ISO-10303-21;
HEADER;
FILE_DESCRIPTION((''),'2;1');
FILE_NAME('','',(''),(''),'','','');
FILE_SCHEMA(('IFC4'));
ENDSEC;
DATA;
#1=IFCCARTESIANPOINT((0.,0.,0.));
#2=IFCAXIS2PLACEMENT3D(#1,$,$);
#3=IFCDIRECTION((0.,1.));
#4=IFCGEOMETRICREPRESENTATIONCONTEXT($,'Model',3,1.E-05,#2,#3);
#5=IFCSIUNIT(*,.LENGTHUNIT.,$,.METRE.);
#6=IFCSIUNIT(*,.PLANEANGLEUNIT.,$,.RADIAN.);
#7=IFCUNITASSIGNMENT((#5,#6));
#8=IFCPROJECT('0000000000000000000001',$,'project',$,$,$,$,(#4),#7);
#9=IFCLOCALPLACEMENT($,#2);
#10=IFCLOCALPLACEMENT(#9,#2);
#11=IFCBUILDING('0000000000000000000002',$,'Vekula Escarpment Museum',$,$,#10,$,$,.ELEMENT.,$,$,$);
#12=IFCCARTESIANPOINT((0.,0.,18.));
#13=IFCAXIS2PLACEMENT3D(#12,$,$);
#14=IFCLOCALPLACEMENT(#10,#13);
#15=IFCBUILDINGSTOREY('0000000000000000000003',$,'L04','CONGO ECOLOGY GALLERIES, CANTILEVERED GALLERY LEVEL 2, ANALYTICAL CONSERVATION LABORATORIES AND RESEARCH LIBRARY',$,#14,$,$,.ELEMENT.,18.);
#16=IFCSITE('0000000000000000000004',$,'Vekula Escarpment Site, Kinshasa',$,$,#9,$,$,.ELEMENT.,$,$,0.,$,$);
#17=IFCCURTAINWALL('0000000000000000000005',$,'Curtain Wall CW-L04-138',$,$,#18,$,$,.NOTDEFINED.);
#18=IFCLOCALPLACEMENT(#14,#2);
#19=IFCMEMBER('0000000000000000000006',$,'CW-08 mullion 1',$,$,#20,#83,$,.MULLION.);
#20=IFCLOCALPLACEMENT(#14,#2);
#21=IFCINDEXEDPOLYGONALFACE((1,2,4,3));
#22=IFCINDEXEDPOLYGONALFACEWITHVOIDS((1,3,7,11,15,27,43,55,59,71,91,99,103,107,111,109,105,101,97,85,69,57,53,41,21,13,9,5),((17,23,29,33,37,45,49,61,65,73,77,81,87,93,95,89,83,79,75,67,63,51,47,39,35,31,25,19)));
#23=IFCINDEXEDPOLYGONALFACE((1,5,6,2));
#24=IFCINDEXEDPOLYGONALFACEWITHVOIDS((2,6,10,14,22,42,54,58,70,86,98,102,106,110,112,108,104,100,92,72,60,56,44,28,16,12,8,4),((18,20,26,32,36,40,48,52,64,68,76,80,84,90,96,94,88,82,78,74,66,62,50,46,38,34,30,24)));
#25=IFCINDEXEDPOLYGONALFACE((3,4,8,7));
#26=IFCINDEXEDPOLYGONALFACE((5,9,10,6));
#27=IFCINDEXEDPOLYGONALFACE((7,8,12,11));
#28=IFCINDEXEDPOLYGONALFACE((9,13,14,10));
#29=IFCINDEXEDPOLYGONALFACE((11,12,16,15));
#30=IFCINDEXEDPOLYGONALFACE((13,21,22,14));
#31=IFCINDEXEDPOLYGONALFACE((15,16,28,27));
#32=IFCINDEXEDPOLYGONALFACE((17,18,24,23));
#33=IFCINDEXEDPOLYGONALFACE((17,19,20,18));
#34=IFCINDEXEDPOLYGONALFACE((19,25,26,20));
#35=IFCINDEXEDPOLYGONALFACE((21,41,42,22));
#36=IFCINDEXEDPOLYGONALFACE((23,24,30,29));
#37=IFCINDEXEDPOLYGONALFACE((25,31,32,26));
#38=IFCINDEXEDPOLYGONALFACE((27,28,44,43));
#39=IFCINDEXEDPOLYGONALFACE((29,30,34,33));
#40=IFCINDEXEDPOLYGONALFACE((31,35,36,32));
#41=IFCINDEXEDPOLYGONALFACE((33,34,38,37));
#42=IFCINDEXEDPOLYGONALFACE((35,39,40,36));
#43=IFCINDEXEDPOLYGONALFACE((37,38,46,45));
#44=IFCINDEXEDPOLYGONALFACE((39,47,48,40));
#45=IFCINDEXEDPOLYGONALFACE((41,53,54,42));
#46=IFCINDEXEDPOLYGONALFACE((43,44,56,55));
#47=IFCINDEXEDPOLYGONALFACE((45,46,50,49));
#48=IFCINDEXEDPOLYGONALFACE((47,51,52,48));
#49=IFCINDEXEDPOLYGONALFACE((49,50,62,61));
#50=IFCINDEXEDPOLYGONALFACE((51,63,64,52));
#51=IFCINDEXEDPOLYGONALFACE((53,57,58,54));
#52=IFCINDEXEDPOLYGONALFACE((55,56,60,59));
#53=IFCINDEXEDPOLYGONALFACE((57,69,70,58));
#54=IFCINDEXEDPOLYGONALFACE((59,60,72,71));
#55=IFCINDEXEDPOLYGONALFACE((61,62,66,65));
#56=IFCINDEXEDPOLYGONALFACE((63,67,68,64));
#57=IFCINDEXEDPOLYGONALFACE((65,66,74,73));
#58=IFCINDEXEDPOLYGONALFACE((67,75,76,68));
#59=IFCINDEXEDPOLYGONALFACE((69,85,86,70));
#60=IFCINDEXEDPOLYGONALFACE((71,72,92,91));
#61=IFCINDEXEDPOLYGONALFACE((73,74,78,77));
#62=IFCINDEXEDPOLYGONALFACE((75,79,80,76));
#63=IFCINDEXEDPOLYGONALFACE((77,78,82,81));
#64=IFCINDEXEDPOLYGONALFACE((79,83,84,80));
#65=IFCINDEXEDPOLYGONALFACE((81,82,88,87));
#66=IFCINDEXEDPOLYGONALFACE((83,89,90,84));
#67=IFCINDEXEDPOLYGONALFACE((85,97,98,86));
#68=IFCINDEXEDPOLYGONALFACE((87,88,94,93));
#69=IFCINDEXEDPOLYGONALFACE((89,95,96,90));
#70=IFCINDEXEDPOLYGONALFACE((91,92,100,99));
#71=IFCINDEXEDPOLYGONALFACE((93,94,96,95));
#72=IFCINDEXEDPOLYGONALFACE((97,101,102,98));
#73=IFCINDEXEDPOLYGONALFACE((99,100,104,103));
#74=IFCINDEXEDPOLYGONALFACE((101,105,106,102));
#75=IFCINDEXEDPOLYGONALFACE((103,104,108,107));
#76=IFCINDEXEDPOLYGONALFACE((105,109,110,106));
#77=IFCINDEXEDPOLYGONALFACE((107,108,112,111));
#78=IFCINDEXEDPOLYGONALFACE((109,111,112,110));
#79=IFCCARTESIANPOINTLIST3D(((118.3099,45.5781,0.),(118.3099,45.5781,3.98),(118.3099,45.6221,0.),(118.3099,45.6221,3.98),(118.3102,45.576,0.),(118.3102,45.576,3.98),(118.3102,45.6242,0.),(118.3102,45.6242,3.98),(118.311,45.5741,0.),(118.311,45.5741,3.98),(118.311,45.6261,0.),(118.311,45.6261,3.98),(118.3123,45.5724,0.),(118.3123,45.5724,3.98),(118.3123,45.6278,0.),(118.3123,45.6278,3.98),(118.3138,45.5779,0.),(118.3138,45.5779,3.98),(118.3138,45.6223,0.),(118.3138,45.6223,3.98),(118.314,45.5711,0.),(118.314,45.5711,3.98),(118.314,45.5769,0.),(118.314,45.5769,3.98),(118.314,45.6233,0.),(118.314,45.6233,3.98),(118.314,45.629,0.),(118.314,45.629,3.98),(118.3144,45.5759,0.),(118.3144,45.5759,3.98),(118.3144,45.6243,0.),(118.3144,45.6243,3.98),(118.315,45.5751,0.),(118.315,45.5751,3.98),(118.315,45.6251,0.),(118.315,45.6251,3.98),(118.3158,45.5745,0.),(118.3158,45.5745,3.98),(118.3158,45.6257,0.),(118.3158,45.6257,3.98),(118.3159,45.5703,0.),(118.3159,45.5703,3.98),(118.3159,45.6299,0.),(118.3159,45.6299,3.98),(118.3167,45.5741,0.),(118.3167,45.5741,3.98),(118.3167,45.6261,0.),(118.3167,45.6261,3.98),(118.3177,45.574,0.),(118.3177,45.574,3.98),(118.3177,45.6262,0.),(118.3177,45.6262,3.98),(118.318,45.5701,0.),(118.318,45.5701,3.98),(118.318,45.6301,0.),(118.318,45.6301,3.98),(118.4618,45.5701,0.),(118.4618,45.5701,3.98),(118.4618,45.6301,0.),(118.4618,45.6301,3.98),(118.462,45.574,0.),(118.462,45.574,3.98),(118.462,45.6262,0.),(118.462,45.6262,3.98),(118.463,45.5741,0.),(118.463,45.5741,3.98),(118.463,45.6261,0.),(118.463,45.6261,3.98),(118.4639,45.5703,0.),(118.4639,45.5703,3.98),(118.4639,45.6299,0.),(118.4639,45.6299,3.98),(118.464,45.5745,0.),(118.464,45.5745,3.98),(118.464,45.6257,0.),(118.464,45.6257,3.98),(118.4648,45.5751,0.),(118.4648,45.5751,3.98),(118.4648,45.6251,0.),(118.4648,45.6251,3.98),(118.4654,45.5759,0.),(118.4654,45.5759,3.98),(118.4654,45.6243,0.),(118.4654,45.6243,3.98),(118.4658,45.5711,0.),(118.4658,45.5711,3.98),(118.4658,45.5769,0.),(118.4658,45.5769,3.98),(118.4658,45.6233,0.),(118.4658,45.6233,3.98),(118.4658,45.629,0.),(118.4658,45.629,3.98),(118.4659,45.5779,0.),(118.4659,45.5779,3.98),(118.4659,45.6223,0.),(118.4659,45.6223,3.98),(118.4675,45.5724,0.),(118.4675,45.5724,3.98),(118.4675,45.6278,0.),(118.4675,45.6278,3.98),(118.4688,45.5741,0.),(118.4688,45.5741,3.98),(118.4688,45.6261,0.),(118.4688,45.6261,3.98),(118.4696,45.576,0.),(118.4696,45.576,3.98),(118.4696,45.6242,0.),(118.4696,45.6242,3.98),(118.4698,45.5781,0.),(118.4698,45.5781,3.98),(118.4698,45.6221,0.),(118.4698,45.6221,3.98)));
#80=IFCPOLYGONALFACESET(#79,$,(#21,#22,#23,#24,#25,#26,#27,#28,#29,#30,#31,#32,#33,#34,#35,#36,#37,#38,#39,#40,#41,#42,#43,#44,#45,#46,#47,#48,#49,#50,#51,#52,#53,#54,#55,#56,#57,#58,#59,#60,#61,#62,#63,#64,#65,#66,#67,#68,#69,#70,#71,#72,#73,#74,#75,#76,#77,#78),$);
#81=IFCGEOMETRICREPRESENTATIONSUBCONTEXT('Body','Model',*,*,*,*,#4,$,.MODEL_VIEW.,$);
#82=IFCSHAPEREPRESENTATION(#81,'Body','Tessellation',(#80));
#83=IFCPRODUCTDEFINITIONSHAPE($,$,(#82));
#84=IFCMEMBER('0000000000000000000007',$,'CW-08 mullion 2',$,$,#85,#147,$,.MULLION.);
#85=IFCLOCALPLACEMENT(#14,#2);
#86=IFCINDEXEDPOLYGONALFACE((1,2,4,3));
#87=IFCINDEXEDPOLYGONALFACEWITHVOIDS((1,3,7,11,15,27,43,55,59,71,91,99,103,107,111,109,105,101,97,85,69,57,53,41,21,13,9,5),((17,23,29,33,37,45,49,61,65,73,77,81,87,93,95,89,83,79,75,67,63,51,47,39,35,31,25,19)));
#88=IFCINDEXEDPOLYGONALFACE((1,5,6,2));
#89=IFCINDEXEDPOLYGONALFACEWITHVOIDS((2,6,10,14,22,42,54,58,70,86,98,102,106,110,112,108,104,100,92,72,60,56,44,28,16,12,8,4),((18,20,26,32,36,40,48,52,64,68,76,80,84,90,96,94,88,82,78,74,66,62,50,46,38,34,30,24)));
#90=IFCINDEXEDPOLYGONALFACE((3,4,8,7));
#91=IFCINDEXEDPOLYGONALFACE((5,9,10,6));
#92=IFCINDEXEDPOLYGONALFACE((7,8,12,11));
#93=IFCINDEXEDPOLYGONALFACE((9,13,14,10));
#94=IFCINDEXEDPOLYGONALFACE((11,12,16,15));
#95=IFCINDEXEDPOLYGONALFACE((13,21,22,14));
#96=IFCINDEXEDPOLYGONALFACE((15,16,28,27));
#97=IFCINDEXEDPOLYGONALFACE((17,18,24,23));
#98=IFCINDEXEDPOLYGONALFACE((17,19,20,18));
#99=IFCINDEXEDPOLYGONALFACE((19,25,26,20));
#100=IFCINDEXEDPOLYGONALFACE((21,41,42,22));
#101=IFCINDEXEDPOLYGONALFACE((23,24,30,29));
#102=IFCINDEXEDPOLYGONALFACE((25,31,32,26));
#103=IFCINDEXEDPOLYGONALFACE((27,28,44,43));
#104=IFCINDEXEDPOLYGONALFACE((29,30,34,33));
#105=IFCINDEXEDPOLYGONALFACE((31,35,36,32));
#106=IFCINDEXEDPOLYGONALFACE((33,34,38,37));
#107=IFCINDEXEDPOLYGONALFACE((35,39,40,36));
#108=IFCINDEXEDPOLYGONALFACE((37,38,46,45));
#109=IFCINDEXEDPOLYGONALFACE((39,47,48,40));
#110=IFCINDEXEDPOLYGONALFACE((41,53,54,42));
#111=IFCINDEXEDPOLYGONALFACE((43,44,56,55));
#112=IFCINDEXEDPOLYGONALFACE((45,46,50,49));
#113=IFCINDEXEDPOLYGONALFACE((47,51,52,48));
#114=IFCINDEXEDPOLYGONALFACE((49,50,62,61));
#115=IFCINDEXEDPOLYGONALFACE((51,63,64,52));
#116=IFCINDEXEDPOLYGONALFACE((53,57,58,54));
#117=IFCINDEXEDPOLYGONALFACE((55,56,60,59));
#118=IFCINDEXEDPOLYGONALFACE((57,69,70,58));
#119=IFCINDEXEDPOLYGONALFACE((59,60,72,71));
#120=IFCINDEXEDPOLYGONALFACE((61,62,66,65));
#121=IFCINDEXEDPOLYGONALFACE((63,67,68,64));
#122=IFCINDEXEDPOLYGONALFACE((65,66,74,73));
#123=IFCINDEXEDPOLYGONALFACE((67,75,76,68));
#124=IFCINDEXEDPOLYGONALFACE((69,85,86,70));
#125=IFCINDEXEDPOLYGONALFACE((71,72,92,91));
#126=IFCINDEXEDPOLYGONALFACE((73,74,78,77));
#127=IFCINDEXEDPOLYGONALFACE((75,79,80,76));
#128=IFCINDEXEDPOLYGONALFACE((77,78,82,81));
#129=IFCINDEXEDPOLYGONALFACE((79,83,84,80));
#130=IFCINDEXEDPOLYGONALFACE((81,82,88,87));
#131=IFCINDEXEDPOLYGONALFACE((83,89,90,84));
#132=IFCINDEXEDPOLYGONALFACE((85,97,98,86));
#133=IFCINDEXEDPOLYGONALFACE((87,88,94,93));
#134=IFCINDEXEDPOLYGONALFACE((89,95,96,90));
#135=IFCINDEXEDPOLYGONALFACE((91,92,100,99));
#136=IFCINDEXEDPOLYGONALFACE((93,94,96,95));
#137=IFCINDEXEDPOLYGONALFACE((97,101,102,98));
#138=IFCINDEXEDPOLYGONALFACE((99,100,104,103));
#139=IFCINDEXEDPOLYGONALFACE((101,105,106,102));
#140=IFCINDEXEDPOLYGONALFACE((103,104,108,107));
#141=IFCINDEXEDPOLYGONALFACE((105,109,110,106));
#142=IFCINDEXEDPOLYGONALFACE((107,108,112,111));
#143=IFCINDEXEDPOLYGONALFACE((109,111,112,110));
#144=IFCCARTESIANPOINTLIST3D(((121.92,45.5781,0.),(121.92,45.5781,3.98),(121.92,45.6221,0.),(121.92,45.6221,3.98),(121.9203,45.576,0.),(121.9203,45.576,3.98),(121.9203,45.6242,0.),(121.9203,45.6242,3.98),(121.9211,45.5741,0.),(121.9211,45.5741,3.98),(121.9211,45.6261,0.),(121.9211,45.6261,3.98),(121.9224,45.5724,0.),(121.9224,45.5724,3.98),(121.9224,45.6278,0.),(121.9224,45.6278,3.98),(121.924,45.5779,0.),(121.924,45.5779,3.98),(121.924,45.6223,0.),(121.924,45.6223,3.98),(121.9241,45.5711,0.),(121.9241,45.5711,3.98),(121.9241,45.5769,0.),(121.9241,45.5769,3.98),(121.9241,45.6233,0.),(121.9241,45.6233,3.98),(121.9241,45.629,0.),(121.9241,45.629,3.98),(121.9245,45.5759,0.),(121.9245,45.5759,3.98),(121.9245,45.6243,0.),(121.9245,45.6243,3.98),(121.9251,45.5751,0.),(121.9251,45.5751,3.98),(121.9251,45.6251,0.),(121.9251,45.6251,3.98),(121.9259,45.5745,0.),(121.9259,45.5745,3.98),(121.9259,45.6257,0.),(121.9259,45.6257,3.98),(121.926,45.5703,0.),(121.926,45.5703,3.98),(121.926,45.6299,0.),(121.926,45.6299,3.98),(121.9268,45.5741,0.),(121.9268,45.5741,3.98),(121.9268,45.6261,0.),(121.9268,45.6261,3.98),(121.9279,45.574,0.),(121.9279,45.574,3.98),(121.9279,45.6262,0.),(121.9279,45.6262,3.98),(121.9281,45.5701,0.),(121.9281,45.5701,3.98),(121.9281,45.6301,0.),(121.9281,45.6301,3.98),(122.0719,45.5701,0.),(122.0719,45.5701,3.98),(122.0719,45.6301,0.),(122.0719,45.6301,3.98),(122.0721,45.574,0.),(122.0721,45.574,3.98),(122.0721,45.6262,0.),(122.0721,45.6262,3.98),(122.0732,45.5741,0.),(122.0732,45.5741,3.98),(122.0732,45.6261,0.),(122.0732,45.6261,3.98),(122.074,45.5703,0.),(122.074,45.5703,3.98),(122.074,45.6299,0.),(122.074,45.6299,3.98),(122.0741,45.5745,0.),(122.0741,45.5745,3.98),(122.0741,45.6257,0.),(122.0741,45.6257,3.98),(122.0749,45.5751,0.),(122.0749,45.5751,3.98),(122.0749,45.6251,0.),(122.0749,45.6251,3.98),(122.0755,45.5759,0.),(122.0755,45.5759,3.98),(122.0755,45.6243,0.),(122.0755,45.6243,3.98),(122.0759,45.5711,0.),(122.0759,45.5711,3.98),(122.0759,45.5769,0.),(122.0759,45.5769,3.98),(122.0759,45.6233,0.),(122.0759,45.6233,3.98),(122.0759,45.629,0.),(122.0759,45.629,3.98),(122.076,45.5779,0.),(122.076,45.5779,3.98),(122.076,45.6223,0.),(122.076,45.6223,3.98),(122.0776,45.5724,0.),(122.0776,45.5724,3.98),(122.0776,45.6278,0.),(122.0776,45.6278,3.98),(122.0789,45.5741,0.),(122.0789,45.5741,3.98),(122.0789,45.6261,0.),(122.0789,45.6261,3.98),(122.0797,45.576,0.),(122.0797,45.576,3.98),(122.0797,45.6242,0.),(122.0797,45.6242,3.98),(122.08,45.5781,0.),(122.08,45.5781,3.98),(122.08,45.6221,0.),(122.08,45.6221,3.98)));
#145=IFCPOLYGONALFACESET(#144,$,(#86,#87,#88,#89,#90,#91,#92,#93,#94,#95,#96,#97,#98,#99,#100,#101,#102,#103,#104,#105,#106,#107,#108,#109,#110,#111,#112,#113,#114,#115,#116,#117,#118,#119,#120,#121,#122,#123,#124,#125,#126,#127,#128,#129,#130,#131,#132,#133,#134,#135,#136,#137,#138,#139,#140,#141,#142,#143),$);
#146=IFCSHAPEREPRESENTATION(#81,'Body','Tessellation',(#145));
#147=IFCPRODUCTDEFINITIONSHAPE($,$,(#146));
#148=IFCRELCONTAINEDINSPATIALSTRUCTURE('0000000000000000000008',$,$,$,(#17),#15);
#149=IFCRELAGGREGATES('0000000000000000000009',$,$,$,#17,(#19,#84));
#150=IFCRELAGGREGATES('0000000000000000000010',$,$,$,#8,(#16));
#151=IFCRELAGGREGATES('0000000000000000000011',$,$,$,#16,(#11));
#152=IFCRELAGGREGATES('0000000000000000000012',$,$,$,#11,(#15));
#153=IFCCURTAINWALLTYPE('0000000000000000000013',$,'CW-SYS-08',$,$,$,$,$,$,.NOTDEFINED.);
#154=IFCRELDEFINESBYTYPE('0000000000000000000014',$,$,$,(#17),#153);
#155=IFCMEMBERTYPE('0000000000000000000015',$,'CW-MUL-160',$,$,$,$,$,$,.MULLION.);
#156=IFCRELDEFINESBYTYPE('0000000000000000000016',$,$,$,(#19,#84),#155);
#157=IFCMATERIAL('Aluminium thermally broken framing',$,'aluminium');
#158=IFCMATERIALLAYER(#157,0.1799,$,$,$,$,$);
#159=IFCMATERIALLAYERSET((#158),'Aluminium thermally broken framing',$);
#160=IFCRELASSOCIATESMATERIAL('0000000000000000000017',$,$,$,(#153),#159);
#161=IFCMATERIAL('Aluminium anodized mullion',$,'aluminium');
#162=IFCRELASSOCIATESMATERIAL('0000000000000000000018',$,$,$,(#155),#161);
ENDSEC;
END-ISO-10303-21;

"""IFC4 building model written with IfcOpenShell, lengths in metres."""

from ifc_helpers import new_model, si_unit, direction, frame, origin, origin_2d, place, context, subcontext, project, spatial, hollow_rectangle, extrude, material, layer, layer_set, material_profile, profile_set, type_object, element, aggregate, save


model = new_model("IFC4")

# Units and contexts
model_context = context("Model", 3, precision=1e-05, world=origin(), true_north=direction((0.0, 1.0)))
body_context = subcontext(model_context, "Body", "Model", "MODEL_VIEW")
ifc_project = project(units=[si_unit("LENGTHUNIT", "METRE"), si_unit("PLANEANGLEUNIT", "RADIAN")], contexts=[model_context])

# Site, building, storey
site_placement = place(None, origin())
site = spatial("IfcSite", under=ifc_project, at=site_placement, Name="Vekula Escarpment Site, Kinshasa", CompositionType="ELEMENT", RefElevation=0.0)
building_placement = place(site_placement, origin())
building = spatial("IfcBuilding", under=site, at=building_placement, Name="Vekula Escarpment Museum", CompositionType="ELEMENT")
storey_placement = place(building_placement, frame((0.0, 0.0, 18.0)))
storey = spatial("IfcBuildingStorey", under=building, at=storey_placement, Name="L04", Description="CONGO ECOLOGY GALLERIES, CANTILEVERED GALLERY LEVEL 2, ANALYTICAL CONSERVATION LABORATORIES AND RESEARCH LIBRARY", CompositionType="ELEMENT", Elevation=18.0)

# Curtain wall, members
ifc_material_1 = material(Name="Aluminium thermally broken framing", Category="aluminium")
ifc_layer_1 = layer(ifc_material_1, 0.1799)
ifc_layer_set_1 = layer_set([ifc_layer_1], Name="Aluminium thermally broken framing")
curtain_wall_type = type_object("IfcCurtainWallType", Name="CW-SYS-08", PredefinedType="NOTDEFINED", material=ifc_layer_set_1)
curtain_wall_placement = place(storey_placement, origin())
curtain_wall = element("IfcCurtainWall", 1, at=curtain_wall_placement, inside=storey, type_object=curtain_wall_type, Name="Curtain Wall CW-L04-138", PredefinedType="NOTDEFINED")
ifc_material_2 = material(Name="Aluminium anodized mullion", Category="aluminium")
ifc_material_profile_1 = material_profile(ifc_material_2, hollow_rectangle(XDim=0.0601, YDim=0.1599, WallThickness=0.0039, InnerFilletRadius=0.0039, OuterFilletRadius=0.0081, at=origin_2d()), Name="ALU 160x60x4")
ifc_profile_set_1 = profile_set([ifc_material_profile_1], Name="Aluminium anodized mullion")
member_type_1 = type_object("IfcMemberType", Name="CW-MUL-160", PredefinedType="MULLION", material=ifc_profile_set_1)
member_1_placement = place(storey_placement, frame((118.3899, 45.6001, 0.0), z_axis=(0.0, 0.0, 1.0), x_axis=(0.0, 1.0, 0.0)))
member_1 = element("IfcMember", 2, at=member_1_placement, type_object=member_type_1, Name="CW-08 mullion 1", PredefinedType="MULLION", context=body_context, shape_type="SweptSolid", body=[
    extrude(hollow_rectangle(XDim=0.0601, YDim=0.1599, WallThickness=0.0039, InnerFilletRadius=0.0039, OuterFilletRadius=0.0081, at=origin_2d()), origin(), (0.0, 0.0, 1.0), 3.98),
])
member_2_placement = place(storey_placement, frame((122.0, 45.6001, 0.0), z_axis=(0.0, 0.0, 1.0), x_axis=(0.0, 1.0, 0.0)))
member_2 = element("IfcMember", 3, at=member_2_placement, type_object=member_type_1, Name="CW-08 mullion 2", PredefinedType="MULLION", context=body_context, shape_type="SweptSolid", body=[
    extrude(hollow_rectangle(XDim=0.0601, YDim=0.1599, WallThickness=0.0039, InnerFilletRadius=0.0039, OuterFilletRadius=0.0081, at=origin_2d()), origin(), (0.0, 0.0, 1.0), 3.98),
])
aggregate(curtain_wall, [member_1, member_2])

save(model, "model.ifc")
